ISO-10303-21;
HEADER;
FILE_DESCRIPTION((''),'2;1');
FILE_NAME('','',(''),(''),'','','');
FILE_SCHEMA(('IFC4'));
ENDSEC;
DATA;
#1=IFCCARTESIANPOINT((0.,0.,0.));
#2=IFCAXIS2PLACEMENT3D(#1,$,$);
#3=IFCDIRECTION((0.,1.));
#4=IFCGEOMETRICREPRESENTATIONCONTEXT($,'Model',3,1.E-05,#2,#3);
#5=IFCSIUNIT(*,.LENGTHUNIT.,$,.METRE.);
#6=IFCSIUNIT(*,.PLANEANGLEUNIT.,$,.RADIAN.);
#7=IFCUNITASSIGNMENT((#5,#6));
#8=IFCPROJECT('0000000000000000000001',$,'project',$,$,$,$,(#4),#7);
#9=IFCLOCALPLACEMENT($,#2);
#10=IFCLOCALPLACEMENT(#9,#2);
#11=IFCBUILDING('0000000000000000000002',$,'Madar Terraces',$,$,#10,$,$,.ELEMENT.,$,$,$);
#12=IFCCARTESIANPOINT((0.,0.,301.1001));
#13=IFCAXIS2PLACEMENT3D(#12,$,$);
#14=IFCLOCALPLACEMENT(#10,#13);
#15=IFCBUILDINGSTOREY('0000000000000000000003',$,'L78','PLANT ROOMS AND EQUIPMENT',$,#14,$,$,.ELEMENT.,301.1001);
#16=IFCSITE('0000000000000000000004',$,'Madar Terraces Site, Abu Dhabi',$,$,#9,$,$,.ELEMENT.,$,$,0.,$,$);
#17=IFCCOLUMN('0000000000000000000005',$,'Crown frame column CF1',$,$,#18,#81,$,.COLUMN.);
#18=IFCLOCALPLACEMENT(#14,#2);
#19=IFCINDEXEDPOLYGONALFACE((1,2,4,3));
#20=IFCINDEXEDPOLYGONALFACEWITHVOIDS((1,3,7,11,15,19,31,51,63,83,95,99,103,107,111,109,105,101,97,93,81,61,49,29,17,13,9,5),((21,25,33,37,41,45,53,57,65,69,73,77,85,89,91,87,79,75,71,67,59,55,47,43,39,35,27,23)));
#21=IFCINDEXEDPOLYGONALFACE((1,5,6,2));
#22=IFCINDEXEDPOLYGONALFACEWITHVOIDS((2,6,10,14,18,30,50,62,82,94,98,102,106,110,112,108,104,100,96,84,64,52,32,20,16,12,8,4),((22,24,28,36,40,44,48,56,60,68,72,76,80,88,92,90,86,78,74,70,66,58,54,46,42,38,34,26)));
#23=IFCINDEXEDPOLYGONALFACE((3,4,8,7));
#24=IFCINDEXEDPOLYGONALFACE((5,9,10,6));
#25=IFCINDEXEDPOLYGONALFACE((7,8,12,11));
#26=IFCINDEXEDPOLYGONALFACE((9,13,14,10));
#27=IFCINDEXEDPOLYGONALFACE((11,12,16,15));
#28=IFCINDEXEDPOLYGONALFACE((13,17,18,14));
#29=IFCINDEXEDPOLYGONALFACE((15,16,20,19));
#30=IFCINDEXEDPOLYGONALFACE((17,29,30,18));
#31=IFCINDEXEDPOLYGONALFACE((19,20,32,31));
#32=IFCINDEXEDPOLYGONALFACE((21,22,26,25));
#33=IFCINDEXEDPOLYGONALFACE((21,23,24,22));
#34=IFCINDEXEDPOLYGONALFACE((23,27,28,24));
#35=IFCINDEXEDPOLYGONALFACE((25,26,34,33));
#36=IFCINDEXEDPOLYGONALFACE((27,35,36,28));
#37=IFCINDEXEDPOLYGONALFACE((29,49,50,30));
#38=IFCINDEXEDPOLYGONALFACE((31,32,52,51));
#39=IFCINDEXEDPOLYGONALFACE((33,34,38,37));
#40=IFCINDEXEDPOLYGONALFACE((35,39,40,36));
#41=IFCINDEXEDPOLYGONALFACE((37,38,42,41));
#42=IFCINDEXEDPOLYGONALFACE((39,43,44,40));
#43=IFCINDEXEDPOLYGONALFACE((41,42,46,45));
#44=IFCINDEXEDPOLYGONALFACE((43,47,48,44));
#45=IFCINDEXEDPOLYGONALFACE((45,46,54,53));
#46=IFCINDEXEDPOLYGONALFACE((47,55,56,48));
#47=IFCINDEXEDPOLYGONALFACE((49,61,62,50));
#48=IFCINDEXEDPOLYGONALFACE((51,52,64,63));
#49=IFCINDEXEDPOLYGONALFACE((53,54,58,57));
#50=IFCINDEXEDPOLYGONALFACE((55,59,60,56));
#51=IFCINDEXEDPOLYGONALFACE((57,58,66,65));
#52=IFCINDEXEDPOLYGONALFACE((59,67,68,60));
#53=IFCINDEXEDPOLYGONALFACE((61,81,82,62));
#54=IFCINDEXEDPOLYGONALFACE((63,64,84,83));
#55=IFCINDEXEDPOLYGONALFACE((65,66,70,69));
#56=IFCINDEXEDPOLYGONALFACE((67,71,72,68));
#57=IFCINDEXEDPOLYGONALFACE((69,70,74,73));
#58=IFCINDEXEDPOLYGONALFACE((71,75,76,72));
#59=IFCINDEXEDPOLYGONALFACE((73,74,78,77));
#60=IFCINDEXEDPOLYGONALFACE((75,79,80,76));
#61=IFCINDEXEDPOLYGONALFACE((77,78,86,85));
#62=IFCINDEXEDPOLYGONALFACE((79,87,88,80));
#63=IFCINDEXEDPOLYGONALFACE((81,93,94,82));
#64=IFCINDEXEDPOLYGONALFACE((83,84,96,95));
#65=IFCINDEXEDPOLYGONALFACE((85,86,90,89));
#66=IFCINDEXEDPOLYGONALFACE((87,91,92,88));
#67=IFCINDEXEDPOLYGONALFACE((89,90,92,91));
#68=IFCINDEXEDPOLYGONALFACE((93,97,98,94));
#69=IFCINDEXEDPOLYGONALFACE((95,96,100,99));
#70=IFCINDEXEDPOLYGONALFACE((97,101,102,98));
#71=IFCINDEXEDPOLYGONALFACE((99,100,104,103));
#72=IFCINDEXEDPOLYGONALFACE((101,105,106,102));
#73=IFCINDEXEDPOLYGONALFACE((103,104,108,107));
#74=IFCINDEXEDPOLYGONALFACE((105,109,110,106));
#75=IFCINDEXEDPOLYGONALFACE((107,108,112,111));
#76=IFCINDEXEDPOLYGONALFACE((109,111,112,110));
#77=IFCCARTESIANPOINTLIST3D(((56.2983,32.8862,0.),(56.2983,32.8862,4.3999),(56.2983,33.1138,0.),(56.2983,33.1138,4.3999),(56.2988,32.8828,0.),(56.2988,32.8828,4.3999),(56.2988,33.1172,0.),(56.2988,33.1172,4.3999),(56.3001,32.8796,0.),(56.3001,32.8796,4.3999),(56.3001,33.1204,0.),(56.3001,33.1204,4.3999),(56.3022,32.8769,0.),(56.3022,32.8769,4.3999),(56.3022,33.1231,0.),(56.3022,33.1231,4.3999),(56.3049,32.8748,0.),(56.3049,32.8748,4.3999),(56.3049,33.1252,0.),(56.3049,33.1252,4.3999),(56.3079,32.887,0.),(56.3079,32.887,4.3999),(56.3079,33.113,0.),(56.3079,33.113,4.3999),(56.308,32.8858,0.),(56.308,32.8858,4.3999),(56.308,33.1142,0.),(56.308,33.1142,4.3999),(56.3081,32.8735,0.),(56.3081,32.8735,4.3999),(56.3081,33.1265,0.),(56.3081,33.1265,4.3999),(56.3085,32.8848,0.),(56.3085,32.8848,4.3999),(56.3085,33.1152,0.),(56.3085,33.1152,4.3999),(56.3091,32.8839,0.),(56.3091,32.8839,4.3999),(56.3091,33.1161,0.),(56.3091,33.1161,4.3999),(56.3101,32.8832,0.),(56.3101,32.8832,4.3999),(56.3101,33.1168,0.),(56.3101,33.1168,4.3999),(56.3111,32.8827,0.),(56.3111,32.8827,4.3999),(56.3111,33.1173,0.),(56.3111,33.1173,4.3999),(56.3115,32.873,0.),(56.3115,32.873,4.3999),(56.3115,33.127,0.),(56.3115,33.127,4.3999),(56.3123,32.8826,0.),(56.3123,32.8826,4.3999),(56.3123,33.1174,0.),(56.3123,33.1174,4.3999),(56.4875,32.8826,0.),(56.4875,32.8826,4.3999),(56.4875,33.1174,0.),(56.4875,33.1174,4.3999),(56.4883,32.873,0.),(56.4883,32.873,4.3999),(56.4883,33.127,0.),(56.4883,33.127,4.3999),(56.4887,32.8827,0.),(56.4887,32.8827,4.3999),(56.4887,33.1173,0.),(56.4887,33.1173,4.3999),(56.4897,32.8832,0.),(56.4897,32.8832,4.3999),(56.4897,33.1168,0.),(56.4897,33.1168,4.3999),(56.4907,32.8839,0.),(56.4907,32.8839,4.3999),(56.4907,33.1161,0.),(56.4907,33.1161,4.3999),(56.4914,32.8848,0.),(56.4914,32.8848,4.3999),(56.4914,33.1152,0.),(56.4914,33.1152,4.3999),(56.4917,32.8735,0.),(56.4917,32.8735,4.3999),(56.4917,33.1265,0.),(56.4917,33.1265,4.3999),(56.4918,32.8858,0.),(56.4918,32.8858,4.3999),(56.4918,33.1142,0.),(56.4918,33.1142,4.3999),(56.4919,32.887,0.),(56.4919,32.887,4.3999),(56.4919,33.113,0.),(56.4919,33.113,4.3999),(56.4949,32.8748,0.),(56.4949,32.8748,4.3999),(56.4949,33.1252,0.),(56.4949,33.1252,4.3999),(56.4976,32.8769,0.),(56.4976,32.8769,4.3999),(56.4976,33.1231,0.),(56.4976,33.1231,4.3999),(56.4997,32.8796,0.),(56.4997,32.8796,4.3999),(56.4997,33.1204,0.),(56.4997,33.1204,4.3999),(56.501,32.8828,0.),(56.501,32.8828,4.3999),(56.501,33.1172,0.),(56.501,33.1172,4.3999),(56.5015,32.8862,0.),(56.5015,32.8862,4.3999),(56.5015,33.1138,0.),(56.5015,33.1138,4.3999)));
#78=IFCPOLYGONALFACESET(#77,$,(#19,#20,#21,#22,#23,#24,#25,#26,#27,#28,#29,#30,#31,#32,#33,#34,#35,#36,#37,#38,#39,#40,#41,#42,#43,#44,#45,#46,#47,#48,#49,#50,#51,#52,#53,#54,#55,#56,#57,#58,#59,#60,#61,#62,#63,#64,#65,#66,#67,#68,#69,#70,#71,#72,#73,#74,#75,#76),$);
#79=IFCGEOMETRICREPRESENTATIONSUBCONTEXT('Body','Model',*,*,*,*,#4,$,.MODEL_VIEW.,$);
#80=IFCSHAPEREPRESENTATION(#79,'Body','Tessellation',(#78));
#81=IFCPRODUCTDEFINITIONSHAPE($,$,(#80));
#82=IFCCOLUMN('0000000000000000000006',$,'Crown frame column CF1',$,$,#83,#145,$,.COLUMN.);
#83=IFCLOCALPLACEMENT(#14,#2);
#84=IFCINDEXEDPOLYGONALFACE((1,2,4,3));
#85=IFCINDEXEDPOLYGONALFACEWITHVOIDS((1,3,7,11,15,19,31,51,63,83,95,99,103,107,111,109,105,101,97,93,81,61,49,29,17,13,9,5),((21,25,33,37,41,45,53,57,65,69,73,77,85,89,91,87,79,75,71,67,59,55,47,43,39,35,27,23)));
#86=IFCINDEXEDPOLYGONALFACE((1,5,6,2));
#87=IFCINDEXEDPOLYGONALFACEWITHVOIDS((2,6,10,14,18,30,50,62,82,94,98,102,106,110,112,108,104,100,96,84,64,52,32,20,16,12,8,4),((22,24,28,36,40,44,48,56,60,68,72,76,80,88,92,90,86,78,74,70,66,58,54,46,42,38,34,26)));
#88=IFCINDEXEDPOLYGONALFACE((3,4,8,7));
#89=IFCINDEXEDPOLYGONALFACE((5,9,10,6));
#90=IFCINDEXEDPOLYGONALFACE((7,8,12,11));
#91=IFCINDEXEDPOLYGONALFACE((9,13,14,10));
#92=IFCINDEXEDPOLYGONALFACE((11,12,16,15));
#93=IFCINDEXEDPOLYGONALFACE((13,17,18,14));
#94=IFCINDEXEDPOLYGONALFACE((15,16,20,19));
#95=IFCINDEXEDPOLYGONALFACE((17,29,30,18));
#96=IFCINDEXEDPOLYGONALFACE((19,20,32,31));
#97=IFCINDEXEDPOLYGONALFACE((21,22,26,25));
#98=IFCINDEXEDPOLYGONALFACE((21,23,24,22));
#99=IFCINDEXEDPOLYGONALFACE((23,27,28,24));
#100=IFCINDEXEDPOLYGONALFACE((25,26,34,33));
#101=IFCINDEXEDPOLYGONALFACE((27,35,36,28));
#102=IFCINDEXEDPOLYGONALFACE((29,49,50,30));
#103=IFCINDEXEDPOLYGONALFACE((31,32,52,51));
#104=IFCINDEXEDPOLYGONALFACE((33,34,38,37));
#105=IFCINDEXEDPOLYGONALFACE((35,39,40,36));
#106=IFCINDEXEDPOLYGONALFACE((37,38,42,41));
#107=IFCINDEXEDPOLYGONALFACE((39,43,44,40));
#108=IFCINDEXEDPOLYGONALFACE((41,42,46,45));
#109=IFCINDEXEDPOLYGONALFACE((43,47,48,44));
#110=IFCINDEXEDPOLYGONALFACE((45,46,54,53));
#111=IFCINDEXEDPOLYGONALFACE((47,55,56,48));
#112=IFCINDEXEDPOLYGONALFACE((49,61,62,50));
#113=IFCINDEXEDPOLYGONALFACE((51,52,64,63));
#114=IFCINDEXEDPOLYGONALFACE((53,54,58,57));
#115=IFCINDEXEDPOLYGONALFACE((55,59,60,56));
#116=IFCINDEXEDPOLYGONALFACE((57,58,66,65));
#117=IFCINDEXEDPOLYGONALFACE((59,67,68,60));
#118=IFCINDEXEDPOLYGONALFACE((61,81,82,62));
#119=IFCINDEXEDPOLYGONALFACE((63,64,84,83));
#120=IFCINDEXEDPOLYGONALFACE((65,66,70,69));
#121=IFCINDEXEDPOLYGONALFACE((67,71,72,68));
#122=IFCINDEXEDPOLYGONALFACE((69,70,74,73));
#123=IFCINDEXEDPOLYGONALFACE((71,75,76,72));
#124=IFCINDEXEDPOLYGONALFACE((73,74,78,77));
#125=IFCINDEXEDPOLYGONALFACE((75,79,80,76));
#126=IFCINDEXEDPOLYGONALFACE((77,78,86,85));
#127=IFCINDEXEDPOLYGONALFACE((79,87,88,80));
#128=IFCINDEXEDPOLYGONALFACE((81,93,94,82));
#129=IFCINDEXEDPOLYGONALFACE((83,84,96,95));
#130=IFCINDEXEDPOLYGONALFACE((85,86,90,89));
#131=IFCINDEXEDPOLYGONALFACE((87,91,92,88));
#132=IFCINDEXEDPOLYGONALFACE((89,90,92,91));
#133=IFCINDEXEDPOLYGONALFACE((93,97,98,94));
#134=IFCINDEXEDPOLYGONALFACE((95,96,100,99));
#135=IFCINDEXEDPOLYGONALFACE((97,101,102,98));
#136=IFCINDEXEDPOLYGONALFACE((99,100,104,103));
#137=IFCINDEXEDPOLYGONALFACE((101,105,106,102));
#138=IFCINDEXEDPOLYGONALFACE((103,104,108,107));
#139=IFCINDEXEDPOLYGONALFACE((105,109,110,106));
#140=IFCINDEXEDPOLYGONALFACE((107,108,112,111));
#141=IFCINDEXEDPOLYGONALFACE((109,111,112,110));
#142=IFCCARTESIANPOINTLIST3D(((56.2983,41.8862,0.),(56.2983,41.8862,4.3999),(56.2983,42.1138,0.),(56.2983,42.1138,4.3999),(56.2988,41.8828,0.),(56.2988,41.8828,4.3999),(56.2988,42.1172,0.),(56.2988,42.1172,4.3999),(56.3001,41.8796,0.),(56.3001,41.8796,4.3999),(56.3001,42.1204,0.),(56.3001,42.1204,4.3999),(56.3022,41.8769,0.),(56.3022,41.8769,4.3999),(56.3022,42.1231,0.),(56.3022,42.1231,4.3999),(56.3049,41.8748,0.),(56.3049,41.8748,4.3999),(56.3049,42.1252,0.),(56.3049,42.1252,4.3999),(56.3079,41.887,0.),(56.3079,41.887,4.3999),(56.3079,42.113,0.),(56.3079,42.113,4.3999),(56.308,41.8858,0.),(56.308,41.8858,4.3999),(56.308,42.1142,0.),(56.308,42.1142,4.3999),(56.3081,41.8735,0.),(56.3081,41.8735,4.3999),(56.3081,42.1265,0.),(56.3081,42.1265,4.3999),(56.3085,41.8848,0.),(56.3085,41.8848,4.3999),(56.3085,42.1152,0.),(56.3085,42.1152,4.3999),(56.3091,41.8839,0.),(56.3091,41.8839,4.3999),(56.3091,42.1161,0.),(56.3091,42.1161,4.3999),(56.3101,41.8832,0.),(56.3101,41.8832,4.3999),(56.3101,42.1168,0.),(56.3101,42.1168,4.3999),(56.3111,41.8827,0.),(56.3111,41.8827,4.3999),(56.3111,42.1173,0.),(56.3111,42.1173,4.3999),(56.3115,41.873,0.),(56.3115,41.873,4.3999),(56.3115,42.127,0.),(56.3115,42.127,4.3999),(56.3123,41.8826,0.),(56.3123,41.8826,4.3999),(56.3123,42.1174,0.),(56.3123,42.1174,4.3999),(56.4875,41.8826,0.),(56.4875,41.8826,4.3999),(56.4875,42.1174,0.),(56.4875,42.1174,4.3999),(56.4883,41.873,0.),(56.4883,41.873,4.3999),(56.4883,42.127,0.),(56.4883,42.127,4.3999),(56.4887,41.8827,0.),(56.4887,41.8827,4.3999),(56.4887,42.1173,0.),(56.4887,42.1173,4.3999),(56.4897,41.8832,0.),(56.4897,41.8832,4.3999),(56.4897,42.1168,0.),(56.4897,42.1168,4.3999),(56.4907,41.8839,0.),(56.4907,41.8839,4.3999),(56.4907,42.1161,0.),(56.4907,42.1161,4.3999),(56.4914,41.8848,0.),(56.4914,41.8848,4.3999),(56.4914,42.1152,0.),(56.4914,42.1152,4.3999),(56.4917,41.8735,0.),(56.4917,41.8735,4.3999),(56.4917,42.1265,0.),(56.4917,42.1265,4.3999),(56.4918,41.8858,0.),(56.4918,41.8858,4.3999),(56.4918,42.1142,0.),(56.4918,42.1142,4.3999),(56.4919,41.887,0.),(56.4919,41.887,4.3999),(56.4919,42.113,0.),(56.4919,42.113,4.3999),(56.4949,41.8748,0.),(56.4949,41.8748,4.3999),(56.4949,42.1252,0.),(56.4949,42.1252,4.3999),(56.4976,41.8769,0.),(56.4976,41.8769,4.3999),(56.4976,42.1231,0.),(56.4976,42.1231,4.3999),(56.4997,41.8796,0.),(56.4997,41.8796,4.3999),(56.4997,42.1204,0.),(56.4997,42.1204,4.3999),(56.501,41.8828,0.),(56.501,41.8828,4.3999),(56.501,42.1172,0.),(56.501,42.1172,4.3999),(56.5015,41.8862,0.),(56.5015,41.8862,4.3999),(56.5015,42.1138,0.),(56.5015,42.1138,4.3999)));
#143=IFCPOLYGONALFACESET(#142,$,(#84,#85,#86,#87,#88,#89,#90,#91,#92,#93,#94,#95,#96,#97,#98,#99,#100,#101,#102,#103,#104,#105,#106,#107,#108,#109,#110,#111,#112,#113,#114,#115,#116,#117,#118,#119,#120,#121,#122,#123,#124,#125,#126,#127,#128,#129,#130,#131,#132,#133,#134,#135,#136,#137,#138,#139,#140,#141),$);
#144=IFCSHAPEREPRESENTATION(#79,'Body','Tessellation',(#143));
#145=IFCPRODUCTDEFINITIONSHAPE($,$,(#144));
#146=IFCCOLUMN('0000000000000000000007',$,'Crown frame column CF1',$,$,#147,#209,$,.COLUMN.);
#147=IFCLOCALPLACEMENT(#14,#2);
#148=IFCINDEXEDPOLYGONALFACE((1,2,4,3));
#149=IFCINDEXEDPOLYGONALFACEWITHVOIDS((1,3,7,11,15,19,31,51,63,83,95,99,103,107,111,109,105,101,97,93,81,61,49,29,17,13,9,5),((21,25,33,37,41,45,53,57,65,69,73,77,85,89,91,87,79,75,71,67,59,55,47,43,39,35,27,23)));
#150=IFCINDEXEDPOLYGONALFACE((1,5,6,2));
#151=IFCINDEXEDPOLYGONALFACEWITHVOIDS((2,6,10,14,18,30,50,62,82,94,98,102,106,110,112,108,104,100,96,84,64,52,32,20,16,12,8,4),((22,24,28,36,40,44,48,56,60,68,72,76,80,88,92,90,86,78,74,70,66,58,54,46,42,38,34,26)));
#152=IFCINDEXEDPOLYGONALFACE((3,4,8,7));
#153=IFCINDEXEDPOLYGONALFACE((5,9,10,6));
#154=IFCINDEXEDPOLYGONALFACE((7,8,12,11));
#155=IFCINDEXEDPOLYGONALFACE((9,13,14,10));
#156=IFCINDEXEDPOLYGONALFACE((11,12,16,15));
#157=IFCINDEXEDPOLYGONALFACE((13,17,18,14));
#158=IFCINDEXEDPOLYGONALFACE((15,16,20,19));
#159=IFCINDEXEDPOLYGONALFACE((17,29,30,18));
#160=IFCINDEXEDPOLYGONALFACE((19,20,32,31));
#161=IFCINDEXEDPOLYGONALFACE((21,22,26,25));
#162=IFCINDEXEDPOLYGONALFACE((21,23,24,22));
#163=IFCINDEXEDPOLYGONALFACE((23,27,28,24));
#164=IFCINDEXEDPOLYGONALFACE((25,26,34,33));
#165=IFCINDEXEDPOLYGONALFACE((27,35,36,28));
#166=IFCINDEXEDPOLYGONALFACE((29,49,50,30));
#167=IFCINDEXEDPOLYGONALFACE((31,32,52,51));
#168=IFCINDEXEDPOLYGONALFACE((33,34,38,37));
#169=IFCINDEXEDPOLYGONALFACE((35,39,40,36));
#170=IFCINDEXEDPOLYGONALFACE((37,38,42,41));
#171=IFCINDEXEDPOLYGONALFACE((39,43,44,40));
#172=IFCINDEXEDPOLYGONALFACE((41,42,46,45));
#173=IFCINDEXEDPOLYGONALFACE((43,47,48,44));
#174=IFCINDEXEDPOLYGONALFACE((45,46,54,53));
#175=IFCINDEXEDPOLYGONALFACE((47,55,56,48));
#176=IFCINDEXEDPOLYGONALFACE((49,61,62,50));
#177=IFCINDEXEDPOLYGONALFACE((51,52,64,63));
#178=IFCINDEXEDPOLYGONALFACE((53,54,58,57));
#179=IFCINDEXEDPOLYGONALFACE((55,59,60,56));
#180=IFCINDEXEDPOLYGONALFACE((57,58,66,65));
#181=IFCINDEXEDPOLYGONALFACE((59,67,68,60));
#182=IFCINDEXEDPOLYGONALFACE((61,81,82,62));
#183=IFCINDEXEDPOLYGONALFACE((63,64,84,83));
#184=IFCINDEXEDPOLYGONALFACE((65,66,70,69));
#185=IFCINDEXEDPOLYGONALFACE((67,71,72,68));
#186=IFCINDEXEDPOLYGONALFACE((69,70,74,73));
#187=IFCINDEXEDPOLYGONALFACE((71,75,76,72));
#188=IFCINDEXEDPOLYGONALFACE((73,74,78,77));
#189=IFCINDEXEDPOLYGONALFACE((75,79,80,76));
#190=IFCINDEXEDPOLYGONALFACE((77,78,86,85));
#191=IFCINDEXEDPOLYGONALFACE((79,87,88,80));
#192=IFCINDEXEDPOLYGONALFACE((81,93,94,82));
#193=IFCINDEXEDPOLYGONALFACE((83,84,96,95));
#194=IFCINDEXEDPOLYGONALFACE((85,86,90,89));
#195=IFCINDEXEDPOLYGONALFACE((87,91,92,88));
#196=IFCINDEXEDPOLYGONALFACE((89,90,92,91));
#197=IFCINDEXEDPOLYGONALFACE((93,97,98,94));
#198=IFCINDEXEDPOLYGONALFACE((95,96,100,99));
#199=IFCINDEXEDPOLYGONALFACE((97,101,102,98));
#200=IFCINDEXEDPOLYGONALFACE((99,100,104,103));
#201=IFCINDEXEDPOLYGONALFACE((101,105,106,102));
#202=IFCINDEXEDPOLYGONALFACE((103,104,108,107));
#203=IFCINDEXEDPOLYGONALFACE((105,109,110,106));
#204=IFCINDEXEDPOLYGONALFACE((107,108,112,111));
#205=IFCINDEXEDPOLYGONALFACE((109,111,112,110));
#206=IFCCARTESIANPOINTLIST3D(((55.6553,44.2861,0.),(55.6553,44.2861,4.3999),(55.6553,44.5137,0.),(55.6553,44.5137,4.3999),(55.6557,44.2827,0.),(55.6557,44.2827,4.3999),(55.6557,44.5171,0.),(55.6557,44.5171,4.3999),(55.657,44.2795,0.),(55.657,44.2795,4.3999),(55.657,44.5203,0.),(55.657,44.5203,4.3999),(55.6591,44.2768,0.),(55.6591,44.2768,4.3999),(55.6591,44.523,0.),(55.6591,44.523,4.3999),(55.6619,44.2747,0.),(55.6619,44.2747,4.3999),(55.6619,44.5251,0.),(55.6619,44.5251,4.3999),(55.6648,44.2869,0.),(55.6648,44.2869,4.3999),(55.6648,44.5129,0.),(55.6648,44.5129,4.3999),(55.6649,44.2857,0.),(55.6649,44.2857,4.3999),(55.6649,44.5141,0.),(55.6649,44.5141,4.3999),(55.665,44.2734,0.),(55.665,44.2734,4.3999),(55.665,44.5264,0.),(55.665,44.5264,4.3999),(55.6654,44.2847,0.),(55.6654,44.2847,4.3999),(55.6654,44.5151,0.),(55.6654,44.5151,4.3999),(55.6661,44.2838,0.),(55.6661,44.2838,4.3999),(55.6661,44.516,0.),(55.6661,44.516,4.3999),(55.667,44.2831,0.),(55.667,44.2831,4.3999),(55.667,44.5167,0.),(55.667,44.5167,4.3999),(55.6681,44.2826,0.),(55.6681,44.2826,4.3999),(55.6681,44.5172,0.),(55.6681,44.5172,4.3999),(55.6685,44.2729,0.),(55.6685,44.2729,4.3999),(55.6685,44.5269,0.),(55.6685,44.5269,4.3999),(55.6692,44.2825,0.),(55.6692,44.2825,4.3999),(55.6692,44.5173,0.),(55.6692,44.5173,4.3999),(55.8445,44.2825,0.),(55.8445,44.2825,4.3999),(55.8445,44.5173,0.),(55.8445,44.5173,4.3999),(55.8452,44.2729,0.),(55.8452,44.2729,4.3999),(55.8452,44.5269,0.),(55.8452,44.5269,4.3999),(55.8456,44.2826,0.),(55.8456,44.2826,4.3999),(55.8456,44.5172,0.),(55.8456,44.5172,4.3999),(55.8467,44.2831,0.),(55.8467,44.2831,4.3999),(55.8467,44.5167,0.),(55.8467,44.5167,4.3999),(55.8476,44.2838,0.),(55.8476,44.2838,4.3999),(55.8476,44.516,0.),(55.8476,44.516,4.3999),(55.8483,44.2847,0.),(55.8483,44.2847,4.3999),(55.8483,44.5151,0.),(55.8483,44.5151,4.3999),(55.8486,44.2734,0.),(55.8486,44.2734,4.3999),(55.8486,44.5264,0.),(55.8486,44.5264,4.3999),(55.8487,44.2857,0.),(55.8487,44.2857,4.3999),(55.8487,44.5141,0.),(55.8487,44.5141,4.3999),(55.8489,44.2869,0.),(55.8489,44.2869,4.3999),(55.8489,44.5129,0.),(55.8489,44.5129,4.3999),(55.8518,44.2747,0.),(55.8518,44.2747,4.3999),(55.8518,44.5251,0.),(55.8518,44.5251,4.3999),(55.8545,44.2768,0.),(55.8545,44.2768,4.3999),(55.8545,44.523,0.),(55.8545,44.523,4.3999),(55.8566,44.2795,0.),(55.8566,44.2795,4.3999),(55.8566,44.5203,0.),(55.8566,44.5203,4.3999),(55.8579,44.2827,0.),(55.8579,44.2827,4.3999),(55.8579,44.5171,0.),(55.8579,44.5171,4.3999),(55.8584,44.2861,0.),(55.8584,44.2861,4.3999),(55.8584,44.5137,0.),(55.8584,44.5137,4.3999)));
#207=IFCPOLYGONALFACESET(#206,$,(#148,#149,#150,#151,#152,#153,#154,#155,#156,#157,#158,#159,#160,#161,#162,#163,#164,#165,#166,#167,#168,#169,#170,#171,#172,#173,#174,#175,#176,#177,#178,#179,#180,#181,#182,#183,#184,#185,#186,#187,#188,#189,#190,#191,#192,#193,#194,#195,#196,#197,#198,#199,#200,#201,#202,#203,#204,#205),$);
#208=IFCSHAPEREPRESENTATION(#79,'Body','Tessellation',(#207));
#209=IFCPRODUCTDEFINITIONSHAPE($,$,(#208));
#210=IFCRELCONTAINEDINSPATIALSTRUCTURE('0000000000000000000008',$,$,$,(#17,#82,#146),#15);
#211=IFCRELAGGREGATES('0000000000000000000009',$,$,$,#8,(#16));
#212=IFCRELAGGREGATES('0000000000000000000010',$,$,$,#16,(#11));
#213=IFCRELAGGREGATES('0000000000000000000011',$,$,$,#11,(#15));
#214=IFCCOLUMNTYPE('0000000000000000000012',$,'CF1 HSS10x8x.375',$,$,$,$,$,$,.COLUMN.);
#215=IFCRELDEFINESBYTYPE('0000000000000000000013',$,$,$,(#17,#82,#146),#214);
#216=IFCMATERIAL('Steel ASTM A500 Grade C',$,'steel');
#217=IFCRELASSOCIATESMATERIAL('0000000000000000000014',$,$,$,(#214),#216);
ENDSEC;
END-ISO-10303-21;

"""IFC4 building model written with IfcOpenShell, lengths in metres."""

from ifc_helpers import new_model, si_unit, direction, frame, origin, origin_2d, place, context, subcontext, project, spatial, hollow_rectangle, extrude, material, material_profile, profile_set, type_object, element, save


model = new_model("IFC4")

# Units and contexts
model_context = context("Model", 3, precision=1e-05, world=origin(), true_north=direction((0.0, 1.0)))
body_context = subcontext(model_context, "Body", "Model", "MODEL_VIEW")
ifc_project = project(units=[si_unit("LENGTHUNIT", "METRE"), si_unit("PLANEANGLEUNIT", "RADIAN")], contexts=[model_context])

# Site, building, storey
site_placement = place(None, origin())
site = spatial("IfcSite", under=ifc_project, at=site_placement, Name="Madar Terraces Site, Abu Dhabi", CompositionType="ELEMENT", RefElevation=0.0)
building_placement = place(site_placement, origin())
building = spatial("IfcBuilding", under=site, at=building_placement, Name="Madar Terraces", CompositionType="ELEMENT")
storey_placement = place(building_placement, frame((0.0, 0.0, 301.1001)))
storey = spatial("IfcBuildingStorey", under=building, at=storey_placement, Name="L78", Description="PLANT ROOMS AND EQUIPMENT", CompositionType="ELEMENT", Elevation=301.1001)

# Columns
ifc_material_1 = material(Name="Steel ASTM A500 Grade C", Category="steel")
ifc_material_profile_1 = material_profile(ifc_material_1, hollow_rectangle(XDim=0.2031, YDim=0.2539, WallThickness=0.0095, InnerFilletRadius=0.0044, OuterFilletRadius=0.0132, at=origin_2d()), Name="HSS10x8x.375")
ifc_profile_set_1 = profile_set([ifc_material_profile_1], Name="Steel ASTM A500 Grade C")
column_type = type_object("IfcColumnType", Name="CF1 HSS10x8x.375", PredefinedType="COLUMN", material=ifc_profile_set_1)
for number, where, z_axis, x_axis, name in (
    (1, (56.3999, 33.0, 0.0), (0.0, 0.0, 1.0), (1.0, 0.0, 0.0), "Crown frame column CF1"),
    (2, (56.3999, 42.0, 0.0), (0.0, 0.0, 1.0), (1.0, 0.0, 0.0), "Crown frame column CF1"),
    (3, (55.7568, 44.3999, 0.0), (0.0, 0.0, 1.0), (1.0, 0.0, 0.0), "Crown frame column CF1"),
):
    element("IfcColumn", number, at=place(storey_placement, frame(where, z_axis=z_axis, x_axis=x_axis)), inside=storey, type_object=column_type, Name=name, PredefinedType="COLUMN", context=body_context, shape_type="SweptSolid", body=[
        extrude(hollow_rectangle(XDim=0.2031, YDim=0.2539, WallThickness=0.0095, InnerFilletRadius=0.0044, OuterFilletRadius=0.0132, at=origin_2d()), origin(), (0.0, 0.0, 1.0), 4.3999),
    ])

save(model, "model.ifc")
